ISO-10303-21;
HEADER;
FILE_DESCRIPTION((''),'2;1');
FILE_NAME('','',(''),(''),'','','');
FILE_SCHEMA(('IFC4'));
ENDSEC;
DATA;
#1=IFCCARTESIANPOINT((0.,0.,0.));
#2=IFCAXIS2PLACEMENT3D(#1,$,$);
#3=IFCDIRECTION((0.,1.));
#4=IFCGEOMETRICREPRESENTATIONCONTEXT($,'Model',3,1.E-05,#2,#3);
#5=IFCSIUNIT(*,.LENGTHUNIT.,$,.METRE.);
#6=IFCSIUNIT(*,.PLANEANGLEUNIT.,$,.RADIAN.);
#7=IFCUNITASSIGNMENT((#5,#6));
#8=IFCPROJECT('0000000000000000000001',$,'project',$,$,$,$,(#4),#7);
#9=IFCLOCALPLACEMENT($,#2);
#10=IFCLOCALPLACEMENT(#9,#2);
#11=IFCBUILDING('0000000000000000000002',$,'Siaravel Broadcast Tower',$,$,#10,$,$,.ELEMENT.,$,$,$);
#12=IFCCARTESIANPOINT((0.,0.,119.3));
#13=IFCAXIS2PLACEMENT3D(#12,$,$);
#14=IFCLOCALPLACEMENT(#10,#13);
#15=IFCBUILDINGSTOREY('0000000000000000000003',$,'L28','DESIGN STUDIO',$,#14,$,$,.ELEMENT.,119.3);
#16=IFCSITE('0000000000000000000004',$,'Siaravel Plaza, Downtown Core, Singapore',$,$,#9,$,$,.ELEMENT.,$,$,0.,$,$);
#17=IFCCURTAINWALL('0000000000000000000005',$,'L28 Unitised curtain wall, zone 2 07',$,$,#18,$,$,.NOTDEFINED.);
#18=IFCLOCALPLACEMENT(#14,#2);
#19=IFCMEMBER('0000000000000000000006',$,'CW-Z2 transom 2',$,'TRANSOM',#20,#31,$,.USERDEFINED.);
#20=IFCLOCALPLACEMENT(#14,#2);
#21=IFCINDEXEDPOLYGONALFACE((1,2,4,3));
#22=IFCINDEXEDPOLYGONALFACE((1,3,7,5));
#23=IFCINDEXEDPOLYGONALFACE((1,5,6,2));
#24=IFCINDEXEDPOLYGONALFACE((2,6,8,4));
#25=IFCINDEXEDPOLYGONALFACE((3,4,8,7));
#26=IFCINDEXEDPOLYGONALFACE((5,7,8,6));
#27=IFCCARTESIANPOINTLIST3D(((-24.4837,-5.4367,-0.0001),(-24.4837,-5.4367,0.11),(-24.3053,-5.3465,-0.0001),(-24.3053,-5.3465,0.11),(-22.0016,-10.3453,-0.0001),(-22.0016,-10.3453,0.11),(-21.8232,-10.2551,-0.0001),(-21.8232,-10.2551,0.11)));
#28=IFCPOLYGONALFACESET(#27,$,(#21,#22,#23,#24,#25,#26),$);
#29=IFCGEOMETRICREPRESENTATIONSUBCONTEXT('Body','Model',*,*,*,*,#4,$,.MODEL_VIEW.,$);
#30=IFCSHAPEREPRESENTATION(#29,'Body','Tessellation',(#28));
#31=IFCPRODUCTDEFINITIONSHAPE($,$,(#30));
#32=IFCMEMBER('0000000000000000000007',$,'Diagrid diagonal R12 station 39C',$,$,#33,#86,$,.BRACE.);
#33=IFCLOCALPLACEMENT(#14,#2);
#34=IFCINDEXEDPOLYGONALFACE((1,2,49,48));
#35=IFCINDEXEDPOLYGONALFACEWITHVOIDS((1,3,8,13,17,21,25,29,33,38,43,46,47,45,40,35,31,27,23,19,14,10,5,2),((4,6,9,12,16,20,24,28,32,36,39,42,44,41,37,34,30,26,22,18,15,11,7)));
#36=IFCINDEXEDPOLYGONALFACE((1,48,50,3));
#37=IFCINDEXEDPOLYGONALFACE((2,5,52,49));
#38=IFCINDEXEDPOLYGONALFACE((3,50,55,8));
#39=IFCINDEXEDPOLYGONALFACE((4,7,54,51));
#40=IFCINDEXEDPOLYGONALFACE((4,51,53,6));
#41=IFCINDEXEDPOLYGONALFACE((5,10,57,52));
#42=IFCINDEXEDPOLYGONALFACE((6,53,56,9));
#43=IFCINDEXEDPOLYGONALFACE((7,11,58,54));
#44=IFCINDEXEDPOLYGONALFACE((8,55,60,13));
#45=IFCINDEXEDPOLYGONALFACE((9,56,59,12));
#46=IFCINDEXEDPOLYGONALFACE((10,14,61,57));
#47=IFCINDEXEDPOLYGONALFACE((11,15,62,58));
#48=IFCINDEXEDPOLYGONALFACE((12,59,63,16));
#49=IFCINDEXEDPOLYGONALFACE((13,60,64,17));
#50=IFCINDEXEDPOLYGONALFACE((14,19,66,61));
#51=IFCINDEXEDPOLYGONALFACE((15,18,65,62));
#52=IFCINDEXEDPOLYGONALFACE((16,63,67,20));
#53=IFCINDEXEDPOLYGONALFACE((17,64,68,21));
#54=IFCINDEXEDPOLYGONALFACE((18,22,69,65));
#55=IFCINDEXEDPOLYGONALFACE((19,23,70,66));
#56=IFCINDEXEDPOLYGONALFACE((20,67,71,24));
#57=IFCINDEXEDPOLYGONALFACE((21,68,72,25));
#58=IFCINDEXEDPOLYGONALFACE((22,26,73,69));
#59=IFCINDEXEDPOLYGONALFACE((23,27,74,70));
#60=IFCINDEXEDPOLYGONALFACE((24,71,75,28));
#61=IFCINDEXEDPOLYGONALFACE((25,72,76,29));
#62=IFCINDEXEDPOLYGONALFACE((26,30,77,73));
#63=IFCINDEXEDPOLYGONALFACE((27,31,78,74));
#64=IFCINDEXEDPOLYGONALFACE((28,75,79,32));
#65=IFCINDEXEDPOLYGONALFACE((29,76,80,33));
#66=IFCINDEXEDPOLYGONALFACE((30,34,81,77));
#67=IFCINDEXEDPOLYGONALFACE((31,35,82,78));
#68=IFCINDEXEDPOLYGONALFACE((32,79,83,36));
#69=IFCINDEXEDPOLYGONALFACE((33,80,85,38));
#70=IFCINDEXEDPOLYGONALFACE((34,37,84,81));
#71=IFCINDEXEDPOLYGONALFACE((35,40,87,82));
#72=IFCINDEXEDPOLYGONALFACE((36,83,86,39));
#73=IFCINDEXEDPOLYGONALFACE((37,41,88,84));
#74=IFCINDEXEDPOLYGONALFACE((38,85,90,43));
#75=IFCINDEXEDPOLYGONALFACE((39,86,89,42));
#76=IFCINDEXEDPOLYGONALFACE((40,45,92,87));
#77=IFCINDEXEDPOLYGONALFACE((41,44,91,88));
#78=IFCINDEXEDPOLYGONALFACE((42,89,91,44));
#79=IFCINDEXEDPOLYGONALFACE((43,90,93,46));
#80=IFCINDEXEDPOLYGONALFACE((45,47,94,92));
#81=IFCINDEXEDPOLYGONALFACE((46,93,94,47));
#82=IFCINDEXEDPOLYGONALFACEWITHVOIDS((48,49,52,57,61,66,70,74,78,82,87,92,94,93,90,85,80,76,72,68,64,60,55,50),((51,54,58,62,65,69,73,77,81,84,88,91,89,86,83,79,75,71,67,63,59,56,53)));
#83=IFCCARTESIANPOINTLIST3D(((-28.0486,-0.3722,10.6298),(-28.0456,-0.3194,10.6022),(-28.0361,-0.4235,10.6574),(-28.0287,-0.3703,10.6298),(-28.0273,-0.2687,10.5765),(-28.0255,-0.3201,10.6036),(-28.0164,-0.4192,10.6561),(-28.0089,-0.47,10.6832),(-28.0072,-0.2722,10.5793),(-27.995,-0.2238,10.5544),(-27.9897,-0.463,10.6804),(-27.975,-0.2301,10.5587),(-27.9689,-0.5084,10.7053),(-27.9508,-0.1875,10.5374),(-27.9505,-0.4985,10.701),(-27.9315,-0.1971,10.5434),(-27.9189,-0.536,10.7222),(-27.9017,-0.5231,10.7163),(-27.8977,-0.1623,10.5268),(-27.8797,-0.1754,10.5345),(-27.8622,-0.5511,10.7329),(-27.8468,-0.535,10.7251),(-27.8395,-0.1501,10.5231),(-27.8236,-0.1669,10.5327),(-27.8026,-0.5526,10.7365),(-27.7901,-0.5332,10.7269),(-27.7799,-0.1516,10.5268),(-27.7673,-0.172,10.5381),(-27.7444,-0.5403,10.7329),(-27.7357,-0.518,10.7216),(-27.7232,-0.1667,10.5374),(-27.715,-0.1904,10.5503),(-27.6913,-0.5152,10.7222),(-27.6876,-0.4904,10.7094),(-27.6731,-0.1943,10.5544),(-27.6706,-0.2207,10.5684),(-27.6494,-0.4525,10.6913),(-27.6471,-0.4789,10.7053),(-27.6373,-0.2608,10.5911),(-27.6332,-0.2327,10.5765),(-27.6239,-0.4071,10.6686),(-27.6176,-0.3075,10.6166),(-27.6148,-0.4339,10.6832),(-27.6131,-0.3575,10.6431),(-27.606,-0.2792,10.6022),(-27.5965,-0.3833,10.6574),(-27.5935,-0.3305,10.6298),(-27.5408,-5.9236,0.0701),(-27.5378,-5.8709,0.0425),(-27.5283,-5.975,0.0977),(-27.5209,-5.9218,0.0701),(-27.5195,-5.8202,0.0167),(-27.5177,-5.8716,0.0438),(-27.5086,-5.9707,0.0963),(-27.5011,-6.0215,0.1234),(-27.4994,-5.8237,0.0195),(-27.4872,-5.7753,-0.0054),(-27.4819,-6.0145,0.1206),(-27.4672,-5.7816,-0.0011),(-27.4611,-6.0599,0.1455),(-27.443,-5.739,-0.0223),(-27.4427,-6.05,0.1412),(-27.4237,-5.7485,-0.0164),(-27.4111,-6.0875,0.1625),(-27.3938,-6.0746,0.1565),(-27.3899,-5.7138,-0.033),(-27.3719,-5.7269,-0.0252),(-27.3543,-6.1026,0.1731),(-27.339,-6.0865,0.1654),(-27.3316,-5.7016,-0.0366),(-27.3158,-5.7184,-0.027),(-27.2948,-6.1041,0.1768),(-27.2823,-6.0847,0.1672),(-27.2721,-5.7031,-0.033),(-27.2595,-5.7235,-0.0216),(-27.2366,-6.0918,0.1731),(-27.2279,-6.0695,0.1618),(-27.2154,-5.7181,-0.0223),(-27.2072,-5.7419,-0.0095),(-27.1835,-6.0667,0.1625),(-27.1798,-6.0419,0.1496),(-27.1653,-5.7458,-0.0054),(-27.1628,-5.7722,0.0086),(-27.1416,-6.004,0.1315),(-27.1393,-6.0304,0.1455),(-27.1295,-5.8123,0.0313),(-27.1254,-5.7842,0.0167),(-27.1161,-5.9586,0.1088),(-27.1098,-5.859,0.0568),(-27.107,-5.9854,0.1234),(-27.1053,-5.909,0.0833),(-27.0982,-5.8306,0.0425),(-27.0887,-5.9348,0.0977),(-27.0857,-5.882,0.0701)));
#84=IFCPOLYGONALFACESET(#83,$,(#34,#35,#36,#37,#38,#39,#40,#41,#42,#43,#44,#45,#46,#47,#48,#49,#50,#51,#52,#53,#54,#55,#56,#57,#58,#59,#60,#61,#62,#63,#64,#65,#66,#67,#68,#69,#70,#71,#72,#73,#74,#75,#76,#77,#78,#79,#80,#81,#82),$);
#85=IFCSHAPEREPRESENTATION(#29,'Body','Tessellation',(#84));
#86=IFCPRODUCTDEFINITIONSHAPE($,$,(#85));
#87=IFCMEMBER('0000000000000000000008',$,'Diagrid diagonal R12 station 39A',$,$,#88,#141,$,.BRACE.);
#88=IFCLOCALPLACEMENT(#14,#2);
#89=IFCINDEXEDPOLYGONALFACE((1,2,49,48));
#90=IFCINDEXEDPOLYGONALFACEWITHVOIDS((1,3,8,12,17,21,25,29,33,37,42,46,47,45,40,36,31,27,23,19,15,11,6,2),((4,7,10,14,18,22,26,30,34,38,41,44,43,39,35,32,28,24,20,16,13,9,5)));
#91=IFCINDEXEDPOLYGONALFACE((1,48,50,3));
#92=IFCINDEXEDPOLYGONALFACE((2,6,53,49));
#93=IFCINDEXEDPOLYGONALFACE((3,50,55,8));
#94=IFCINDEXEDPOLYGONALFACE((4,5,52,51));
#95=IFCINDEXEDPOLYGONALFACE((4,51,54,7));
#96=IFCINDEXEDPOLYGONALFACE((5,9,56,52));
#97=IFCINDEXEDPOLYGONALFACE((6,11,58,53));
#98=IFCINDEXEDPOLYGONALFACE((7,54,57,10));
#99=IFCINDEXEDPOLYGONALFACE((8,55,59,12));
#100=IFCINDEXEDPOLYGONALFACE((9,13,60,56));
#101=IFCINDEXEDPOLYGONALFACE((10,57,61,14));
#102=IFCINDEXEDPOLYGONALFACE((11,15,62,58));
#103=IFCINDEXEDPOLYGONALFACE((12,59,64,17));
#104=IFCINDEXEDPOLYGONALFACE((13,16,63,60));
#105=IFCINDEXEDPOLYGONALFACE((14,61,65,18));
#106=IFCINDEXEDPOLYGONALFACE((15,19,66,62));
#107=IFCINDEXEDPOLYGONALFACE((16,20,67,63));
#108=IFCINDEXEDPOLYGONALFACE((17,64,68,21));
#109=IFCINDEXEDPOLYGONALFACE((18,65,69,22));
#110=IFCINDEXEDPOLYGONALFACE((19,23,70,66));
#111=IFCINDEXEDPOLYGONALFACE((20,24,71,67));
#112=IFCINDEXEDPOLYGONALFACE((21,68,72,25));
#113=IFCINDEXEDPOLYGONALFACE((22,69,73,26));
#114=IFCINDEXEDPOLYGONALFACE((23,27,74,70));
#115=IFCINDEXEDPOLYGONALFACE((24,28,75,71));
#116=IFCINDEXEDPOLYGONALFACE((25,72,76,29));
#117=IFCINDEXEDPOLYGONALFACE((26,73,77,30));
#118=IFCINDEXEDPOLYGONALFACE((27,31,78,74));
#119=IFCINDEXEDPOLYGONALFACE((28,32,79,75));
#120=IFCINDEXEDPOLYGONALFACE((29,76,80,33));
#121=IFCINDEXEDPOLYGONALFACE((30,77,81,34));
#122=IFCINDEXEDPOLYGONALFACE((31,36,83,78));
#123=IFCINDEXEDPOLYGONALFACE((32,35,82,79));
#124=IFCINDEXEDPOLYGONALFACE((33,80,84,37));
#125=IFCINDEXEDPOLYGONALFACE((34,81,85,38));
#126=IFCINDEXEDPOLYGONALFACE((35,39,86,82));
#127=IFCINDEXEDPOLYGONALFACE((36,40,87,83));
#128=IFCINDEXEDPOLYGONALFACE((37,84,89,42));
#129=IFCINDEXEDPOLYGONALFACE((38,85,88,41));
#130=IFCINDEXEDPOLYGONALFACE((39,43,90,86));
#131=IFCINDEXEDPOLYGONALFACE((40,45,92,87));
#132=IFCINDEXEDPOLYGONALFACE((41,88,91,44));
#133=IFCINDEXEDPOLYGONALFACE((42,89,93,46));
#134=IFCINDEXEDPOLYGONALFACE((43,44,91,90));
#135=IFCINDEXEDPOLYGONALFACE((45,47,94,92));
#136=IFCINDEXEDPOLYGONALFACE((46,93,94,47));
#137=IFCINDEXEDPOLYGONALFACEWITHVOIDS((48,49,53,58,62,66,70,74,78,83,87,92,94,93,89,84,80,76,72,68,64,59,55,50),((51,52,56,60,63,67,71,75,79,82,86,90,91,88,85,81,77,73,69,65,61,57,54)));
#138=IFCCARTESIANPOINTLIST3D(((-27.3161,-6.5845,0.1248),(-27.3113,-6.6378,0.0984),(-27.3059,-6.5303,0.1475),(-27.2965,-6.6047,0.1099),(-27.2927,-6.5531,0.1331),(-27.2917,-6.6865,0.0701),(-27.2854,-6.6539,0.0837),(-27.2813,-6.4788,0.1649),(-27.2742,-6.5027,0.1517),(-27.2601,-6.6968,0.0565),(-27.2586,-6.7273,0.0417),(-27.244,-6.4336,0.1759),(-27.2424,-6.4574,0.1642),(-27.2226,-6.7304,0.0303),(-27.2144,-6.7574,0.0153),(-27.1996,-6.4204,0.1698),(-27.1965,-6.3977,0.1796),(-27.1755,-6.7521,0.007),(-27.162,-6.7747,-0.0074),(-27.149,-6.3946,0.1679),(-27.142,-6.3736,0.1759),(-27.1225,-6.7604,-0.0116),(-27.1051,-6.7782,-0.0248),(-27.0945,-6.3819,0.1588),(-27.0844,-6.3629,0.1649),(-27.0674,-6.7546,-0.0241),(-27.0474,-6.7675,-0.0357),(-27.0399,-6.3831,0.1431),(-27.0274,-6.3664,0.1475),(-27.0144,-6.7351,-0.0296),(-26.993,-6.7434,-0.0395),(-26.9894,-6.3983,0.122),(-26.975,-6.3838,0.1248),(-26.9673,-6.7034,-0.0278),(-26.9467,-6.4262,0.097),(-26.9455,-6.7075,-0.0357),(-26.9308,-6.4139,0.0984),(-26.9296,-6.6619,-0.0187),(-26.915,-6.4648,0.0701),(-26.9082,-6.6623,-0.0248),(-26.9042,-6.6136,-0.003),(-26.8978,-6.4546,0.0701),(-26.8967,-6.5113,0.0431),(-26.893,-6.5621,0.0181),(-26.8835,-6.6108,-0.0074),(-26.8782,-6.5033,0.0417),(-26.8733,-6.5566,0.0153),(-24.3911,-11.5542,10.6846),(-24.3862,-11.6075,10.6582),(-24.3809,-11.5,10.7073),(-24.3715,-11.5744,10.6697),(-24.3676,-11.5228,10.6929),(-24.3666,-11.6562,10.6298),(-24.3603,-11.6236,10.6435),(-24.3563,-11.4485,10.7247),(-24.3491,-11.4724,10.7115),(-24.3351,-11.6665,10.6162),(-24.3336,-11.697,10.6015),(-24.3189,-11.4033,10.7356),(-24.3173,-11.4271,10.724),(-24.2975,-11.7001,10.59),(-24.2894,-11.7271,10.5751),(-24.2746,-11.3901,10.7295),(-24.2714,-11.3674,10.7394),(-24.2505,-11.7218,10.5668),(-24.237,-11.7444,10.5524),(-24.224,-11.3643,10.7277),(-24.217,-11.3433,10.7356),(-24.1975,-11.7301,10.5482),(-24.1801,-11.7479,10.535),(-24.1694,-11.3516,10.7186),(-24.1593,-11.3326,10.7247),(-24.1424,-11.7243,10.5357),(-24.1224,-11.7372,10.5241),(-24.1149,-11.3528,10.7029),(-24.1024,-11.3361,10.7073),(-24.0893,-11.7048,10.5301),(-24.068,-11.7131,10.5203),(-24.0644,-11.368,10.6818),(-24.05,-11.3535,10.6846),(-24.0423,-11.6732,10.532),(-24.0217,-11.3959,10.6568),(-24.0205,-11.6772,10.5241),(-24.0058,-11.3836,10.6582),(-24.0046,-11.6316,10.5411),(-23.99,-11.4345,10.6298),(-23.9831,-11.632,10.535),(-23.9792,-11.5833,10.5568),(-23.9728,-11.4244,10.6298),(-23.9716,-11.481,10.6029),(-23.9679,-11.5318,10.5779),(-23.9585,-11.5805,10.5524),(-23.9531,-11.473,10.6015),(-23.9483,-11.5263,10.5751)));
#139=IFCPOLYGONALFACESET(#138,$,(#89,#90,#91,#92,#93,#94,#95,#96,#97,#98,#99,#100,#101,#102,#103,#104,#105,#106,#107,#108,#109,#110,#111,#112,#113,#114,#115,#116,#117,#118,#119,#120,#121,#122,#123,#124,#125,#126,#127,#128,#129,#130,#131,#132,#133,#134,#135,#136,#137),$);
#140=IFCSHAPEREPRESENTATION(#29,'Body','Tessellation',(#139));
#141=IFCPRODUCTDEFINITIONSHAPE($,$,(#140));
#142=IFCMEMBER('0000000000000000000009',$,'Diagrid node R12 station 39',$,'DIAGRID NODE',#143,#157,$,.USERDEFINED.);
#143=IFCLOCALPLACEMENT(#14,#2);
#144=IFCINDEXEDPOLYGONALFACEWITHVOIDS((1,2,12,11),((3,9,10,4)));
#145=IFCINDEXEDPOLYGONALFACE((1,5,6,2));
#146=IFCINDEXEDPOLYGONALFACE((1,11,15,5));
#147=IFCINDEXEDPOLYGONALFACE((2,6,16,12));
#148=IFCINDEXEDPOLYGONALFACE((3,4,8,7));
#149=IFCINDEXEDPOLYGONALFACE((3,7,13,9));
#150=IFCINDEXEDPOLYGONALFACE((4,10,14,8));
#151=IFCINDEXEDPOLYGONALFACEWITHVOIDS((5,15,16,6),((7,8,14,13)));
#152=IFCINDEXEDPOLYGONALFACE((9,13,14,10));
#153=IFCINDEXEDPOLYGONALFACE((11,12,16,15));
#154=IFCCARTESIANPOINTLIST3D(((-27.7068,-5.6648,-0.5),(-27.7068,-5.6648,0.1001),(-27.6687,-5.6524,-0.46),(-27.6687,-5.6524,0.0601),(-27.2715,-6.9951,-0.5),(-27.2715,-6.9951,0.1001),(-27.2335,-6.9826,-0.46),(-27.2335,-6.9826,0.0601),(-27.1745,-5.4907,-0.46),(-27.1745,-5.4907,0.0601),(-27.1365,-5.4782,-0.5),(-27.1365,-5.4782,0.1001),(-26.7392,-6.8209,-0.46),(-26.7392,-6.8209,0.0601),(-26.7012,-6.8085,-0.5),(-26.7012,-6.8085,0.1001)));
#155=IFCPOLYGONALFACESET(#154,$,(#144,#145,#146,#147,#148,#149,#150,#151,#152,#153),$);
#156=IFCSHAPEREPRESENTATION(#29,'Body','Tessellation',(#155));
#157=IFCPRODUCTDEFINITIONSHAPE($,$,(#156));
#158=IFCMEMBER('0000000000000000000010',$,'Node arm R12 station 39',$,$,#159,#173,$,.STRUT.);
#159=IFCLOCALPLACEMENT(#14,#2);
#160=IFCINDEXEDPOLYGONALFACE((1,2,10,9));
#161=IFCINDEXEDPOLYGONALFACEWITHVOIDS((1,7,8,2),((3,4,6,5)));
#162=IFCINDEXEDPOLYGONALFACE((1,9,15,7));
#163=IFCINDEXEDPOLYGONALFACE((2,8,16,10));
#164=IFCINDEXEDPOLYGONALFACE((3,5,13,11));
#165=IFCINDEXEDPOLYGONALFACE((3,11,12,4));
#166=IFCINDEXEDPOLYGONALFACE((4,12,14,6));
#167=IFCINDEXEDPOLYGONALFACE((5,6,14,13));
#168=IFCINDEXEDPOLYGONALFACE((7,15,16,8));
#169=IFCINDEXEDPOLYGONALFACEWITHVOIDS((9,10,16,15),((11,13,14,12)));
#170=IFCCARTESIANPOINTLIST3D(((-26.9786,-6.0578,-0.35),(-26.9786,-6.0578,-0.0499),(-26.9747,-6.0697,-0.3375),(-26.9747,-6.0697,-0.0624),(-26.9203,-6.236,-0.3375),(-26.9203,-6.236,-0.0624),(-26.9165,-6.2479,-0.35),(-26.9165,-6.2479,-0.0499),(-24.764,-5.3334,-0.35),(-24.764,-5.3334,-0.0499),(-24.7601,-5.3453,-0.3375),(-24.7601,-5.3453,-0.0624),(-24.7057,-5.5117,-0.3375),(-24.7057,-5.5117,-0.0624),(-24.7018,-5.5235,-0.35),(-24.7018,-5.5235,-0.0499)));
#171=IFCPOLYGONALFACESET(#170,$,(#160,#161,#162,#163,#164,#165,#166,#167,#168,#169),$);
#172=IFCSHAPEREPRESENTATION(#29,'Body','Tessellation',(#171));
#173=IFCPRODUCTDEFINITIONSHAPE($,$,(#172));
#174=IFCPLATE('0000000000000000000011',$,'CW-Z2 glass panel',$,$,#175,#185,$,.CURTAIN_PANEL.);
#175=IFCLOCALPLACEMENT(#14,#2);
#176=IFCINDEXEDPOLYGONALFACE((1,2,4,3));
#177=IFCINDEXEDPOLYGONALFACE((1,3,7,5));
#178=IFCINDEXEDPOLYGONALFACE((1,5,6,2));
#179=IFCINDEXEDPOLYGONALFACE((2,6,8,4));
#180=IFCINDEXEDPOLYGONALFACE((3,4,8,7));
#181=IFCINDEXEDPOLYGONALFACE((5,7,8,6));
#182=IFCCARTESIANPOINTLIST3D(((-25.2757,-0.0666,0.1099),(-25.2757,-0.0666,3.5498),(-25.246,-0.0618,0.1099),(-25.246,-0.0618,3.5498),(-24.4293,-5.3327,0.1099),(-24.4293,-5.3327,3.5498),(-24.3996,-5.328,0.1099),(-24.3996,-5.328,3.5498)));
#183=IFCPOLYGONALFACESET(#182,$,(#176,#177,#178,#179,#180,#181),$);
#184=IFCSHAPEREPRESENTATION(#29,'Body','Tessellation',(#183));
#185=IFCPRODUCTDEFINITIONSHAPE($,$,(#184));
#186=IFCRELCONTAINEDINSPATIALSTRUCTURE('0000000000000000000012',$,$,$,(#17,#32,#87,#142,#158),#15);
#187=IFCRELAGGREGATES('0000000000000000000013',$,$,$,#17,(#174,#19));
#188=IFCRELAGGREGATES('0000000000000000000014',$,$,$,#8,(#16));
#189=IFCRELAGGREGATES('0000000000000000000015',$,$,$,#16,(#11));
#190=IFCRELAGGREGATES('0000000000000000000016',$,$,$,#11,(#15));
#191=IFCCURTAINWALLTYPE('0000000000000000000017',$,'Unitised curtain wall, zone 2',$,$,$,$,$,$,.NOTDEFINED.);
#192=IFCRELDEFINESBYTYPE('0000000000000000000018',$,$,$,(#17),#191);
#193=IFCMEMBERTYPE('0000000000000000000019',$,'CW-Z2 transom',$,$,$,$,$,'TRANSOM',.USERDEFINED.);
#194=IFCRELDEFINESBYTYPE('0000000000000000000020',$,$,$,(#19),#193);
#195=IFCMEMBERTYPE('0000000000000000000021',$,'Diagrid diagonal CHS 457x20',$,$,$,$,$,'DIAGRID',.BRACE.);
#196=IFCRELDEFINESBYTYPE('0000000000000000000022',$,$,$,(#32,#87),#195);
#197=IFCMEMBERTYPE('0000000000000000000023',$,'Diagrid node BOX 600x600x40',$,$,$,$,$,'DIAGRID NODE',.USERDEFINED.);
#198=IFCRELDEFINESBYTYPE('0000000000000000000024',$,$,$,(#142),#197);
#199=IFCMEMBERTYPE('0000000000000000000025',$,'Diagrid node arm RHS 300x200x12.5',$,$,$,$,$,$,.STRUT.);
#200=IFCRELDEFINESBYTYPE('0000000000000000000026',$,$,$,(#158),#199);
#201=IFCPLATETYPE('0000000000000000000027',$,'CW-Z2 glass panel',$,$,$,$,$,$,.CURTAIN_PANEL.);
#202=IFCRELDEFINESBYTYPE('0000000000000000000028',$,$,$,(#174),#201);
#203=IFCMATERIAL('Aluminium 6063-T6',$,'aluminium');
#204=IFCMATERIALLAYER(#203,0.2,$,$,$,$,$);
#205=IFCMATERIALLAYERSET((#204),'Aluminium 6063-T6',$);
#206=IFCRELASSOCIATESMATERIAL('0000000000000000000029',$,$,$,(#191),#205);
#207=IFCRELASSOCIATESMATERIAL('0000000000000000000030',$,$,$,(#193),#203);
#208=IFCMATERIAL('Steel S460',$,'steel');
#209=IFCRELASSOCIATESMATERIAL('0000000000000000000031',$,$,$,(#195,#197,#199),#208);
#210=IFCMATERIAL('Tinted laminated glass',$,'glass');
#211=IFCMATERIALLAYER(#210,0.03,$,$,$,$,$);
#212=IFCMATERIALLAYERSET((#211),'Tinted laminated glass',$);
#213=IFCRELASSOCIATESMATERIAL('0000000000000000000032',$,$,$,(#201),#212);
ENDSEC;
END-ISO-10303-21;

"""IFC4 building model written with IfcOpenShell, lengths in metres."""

from ifc_helpers import new_model, si_unit, direction, frame, origin, origin_2d, place, context, subcontext, project, spatial, rectangle, hollow_rectangle, hollow_circle, extrude, material, layer, layer_set, material_profile, profile_set, type_object, element, aggregate, save


model = new_model("IFC4")

# Units and contexts
model_context = context("Model", 3, precision=1e-05, world=origin(), true_north=direction((0.0, 1.0)))
body_context = subcontext(model_context, "Body", "Model", "MODEL_VIEW")
ifc_project = project(units=[si_unit("LENGTHUNIT", "METRE"), si_unit("PLANEANGLEUNIT", "RADIAN")], contexts=[model_context])

# Site, building, storey
site_placement = place(None, origin())
site = spatial("IfcSite", under=ifc_project, at=site_placement, Name="Siaravel Plaza, Downtown Core, Singapore", CompositionType="ELEMENT", RefElevation=0.0)
building_placement = place(site_placement, origin())
building = spatial("IfcBuilding", under=site, at=building_placement, Name="Siaravel Broadcast Tower", CompositionType="ELEMENT")
storey_placement = place(building_placement, frame((0.0, 0.0, 119.3)))
storey = spatial("IfcBuildingStorey", under=building, at=storey_placement, Name="L28", Description="DESIGN STUDIO", CompositionType="ELEMENT", Elevation=119.3)

# Curtain wall, member
ifc_material_1 = material(Name="Aluminium 6063-T6", Category="aluminium")
ifc_layer_1 = layer(ifc_material_1, 0.2)
ifc_layer_set_1 = layer_set([ifc_layer_1], Name="Aluminium 6063-T6")
curtain_wall_type = type_object("IfcCurtainWallType", Name="Unitised curtain wall, zone 2", PredefinedType="NOTDEFINED", material=ifc_layer_set_1)
curtain_wall_placement = place(storey_placement, origin())
curtain_wall = element("IfcCurtainWall", 1, at=curtain_wall_placement, inside=storey, type_object=curtain_wall_type, Name="L28 Unitised curtain wall, zone 2 07", PredefinedType="NOTDEFINED")
ifc_material_profile_1 = material_profile(ifc_material_1, rectangle(XDim=0.2, YDim=0.1101, at=origin_2d()))
ifc_profile_set_1 = profile_set([ifc_material_profile_1], Name="Aluminium 6063-T6")
member_type_1 = type_object("IfcMemberType", Name="CW-Z2 transom", ElementType="TRANSOM", PredefinedType="USERDEFINED", material=ifc_profile_set_1)
member_1_placement = place(storey_placement, frame((-24.3945, -5.3916, 0.0549), z_axis=(0.451257, -0.892394, 0.0), x_axis=(0.892394, 0.451257, 0.0)))
member_1 = element("IfcMember", 2, at=member_1_placement, type_object=member_type_1, Name="CW-Z2 transom 2", ObjectType="TRANSOM", PredefinedType="USERDEFINED", context=body_context, shape_type="SweptSolid", body=[
    extrude(rectangle(XDim=0.2, YDim=0.1101, at=origin_2d()), origin(), (0.0, 0.0, 1.0), 5.5005),
])

# Members
ifc_material_2 = material(Name="Steel S460", Category="steel")
ifc_material_profile_2 = material_profile(ifc_material_2, hollow_circle(Radius=0.2285, WallThickness=0.02, at=origin_2d()))
ifc_profile_set_2 = profile_set([ifc_material_profile_2], Name="Steel S460")
member_type_2 = type_object("IfcMemberType", Name="Diagrid diagonal CHS 457x20", ElementType="DIAGRID", PredefinedType="BRACE", material=ifc_profile_set_2)
member_2_placement = place(storey_placement, frame((-27.3132, -5.9028, 0.0701), z_axis=(-0.042527, 0.464913, 0.884334), x_axis=(-0.995842, -0.091092, 0.0)))
element("IfcMember", 3, at=member_2_placement, inside=storey, type_object=member_type_2, Name="Diagrid diagonal R12 station 39C", PredefinedType="BRACE", context=body_context, shape_type="SweptSolid", body=[
    extrude(hollow_circle(Radius=0.2285, WallThickness=0.02, at=origin_2d()), origin(), (0.0, 0.0, 1.0), 11.9409),
])
member_3_placement = place(storey_placement, frame((-27.0947, -6.5706, 0.0701), z_axis=(0.24311, -0.41305, 0.87766), x_axis=(0.861807, 0.507237, 0.0)))
element("IfcMember", 4, at=member_3_placement, inside=storey, type_object=member_type_2, Name="Diagrid diagonal R12 station 39A", PredefinedType="BRACE", context=body_context, shape_type="SweptSolid", body=[
    extrude(hollow_circle(Radius=0.2285, WallThickness=0.02, at=origin_2d()), origin(), (0.0, 0.0, 1.0), 12.0317),
])
ifc_material_profile_3 = material_profile(ifc_material_2, hollow_rectangle(XDim=0.6001, YDim=0.6001, WallThickness=0.04, at=origin_2d()))
ifc_profile_set_3 = profile_set([ifc_material_profile_3], Name="Steel S460")
member_type_3 = type_object("IfcMemberType", Name="Diagrid node BOX 600x600x40", ElementType="DIAGRID NODE", PredefinedType="USERDEFINED", material=ifc_profile_set_3)
member_4_placement = place(storey_placement, frame((-27.4216, -5.5715, -0.2), z_axis=(0.31099, -0.950413, 0.0), x_axis=(0.950413, 0.31099, 0.0)))
element("IfcMember", 5, at=member_4_placement, inside=storey, type_object=member_type_3, Name="Diagrid node R12 station 39", ObjectType="DIAGRID NODE", PredefinedType="USERDEFINED", context=body_context, shape_type="SweptSolid", body=[
    extrude(hollow_rectangle(XDim=0.6001, YDim=0.6001, WallThickness=0.04, at=origin_2d()), origin(), (0.0, 0.0, 1.0), 1.3997),
])
ifc_material_profile_4 = material_profile(ifc_material_2, hollow_rectangle(XDim=0.2, YDim=0.3, WallThickness=0.0125, at=origin_2d()))
ifc_profile_set_4 = profile_set([ifc_material_profile_4], Name="Steel S460")
member_type_4 = type_object("IfcMemberType", Name="Diagrid node arm RHS 300x200x12.5", PredefinedType="STRUT", material=ifc_profile_set_4)
member_5_placement = place(storey_placement, frame((-24.7329, -5.4285, -0.2), z_axis=(-0.950449, -0.310879, 0.0), x_axis=(0.310879, -0.950449, 0.0)))
element("IfcMember", 6, at=member_5_placement, inside=storey, type_object=member_type_4, Name="Node arm R12 station 39", PredefinedType="STRUT", context=body_context, shape_type="SweptSolid", body=[
    extrude(hollow_rectangle(XDim=0.2, YDim=0.3, WallThickness=0.0125, at=origin_2d()), origin(), (0.0, 0.0, 1.0), 2.3301),
])

# Plate
ifc_material_3 = material(Name="Tinted laminated glass", Category="glass")
ifc_layer_2 = layer(ifc_material_3, 0.03)
ifc_layer_set_2 = layer_set([ifc_layer_2], Name="Tinted laminated glass")
plate_type = type_object("IfcPlateType", Name="CW-Z2 glass panel", PredefinedType="CURTAIN_PANEL", material=ifc_layer_set_2)
plate_1_placement = place(storey_placement, frame((-24.8376, -2.6973, 0.1099), z_axis=(0.0, 0.0, 1.0), x_axis=(0.158686, -0.987329, 0.0)))
plate_1 = element("IfcPlate", 7, at=plate_1_placement, type_object=plate_type, Name="CW-Z2 glass panel", PredefinedType="CURTAIN_PANEL", context=body_context, shape_type="SweptSolid", body=[
    extrude(rectangle(XDim=5.3337, YDim=0.03, at=origin_2d()), origin(), (0.0, 0.0, 1.0), 3.4399),
])
aggregate(curtain_wall, [plate_1, member_1])

save(model, "model.ifc")
